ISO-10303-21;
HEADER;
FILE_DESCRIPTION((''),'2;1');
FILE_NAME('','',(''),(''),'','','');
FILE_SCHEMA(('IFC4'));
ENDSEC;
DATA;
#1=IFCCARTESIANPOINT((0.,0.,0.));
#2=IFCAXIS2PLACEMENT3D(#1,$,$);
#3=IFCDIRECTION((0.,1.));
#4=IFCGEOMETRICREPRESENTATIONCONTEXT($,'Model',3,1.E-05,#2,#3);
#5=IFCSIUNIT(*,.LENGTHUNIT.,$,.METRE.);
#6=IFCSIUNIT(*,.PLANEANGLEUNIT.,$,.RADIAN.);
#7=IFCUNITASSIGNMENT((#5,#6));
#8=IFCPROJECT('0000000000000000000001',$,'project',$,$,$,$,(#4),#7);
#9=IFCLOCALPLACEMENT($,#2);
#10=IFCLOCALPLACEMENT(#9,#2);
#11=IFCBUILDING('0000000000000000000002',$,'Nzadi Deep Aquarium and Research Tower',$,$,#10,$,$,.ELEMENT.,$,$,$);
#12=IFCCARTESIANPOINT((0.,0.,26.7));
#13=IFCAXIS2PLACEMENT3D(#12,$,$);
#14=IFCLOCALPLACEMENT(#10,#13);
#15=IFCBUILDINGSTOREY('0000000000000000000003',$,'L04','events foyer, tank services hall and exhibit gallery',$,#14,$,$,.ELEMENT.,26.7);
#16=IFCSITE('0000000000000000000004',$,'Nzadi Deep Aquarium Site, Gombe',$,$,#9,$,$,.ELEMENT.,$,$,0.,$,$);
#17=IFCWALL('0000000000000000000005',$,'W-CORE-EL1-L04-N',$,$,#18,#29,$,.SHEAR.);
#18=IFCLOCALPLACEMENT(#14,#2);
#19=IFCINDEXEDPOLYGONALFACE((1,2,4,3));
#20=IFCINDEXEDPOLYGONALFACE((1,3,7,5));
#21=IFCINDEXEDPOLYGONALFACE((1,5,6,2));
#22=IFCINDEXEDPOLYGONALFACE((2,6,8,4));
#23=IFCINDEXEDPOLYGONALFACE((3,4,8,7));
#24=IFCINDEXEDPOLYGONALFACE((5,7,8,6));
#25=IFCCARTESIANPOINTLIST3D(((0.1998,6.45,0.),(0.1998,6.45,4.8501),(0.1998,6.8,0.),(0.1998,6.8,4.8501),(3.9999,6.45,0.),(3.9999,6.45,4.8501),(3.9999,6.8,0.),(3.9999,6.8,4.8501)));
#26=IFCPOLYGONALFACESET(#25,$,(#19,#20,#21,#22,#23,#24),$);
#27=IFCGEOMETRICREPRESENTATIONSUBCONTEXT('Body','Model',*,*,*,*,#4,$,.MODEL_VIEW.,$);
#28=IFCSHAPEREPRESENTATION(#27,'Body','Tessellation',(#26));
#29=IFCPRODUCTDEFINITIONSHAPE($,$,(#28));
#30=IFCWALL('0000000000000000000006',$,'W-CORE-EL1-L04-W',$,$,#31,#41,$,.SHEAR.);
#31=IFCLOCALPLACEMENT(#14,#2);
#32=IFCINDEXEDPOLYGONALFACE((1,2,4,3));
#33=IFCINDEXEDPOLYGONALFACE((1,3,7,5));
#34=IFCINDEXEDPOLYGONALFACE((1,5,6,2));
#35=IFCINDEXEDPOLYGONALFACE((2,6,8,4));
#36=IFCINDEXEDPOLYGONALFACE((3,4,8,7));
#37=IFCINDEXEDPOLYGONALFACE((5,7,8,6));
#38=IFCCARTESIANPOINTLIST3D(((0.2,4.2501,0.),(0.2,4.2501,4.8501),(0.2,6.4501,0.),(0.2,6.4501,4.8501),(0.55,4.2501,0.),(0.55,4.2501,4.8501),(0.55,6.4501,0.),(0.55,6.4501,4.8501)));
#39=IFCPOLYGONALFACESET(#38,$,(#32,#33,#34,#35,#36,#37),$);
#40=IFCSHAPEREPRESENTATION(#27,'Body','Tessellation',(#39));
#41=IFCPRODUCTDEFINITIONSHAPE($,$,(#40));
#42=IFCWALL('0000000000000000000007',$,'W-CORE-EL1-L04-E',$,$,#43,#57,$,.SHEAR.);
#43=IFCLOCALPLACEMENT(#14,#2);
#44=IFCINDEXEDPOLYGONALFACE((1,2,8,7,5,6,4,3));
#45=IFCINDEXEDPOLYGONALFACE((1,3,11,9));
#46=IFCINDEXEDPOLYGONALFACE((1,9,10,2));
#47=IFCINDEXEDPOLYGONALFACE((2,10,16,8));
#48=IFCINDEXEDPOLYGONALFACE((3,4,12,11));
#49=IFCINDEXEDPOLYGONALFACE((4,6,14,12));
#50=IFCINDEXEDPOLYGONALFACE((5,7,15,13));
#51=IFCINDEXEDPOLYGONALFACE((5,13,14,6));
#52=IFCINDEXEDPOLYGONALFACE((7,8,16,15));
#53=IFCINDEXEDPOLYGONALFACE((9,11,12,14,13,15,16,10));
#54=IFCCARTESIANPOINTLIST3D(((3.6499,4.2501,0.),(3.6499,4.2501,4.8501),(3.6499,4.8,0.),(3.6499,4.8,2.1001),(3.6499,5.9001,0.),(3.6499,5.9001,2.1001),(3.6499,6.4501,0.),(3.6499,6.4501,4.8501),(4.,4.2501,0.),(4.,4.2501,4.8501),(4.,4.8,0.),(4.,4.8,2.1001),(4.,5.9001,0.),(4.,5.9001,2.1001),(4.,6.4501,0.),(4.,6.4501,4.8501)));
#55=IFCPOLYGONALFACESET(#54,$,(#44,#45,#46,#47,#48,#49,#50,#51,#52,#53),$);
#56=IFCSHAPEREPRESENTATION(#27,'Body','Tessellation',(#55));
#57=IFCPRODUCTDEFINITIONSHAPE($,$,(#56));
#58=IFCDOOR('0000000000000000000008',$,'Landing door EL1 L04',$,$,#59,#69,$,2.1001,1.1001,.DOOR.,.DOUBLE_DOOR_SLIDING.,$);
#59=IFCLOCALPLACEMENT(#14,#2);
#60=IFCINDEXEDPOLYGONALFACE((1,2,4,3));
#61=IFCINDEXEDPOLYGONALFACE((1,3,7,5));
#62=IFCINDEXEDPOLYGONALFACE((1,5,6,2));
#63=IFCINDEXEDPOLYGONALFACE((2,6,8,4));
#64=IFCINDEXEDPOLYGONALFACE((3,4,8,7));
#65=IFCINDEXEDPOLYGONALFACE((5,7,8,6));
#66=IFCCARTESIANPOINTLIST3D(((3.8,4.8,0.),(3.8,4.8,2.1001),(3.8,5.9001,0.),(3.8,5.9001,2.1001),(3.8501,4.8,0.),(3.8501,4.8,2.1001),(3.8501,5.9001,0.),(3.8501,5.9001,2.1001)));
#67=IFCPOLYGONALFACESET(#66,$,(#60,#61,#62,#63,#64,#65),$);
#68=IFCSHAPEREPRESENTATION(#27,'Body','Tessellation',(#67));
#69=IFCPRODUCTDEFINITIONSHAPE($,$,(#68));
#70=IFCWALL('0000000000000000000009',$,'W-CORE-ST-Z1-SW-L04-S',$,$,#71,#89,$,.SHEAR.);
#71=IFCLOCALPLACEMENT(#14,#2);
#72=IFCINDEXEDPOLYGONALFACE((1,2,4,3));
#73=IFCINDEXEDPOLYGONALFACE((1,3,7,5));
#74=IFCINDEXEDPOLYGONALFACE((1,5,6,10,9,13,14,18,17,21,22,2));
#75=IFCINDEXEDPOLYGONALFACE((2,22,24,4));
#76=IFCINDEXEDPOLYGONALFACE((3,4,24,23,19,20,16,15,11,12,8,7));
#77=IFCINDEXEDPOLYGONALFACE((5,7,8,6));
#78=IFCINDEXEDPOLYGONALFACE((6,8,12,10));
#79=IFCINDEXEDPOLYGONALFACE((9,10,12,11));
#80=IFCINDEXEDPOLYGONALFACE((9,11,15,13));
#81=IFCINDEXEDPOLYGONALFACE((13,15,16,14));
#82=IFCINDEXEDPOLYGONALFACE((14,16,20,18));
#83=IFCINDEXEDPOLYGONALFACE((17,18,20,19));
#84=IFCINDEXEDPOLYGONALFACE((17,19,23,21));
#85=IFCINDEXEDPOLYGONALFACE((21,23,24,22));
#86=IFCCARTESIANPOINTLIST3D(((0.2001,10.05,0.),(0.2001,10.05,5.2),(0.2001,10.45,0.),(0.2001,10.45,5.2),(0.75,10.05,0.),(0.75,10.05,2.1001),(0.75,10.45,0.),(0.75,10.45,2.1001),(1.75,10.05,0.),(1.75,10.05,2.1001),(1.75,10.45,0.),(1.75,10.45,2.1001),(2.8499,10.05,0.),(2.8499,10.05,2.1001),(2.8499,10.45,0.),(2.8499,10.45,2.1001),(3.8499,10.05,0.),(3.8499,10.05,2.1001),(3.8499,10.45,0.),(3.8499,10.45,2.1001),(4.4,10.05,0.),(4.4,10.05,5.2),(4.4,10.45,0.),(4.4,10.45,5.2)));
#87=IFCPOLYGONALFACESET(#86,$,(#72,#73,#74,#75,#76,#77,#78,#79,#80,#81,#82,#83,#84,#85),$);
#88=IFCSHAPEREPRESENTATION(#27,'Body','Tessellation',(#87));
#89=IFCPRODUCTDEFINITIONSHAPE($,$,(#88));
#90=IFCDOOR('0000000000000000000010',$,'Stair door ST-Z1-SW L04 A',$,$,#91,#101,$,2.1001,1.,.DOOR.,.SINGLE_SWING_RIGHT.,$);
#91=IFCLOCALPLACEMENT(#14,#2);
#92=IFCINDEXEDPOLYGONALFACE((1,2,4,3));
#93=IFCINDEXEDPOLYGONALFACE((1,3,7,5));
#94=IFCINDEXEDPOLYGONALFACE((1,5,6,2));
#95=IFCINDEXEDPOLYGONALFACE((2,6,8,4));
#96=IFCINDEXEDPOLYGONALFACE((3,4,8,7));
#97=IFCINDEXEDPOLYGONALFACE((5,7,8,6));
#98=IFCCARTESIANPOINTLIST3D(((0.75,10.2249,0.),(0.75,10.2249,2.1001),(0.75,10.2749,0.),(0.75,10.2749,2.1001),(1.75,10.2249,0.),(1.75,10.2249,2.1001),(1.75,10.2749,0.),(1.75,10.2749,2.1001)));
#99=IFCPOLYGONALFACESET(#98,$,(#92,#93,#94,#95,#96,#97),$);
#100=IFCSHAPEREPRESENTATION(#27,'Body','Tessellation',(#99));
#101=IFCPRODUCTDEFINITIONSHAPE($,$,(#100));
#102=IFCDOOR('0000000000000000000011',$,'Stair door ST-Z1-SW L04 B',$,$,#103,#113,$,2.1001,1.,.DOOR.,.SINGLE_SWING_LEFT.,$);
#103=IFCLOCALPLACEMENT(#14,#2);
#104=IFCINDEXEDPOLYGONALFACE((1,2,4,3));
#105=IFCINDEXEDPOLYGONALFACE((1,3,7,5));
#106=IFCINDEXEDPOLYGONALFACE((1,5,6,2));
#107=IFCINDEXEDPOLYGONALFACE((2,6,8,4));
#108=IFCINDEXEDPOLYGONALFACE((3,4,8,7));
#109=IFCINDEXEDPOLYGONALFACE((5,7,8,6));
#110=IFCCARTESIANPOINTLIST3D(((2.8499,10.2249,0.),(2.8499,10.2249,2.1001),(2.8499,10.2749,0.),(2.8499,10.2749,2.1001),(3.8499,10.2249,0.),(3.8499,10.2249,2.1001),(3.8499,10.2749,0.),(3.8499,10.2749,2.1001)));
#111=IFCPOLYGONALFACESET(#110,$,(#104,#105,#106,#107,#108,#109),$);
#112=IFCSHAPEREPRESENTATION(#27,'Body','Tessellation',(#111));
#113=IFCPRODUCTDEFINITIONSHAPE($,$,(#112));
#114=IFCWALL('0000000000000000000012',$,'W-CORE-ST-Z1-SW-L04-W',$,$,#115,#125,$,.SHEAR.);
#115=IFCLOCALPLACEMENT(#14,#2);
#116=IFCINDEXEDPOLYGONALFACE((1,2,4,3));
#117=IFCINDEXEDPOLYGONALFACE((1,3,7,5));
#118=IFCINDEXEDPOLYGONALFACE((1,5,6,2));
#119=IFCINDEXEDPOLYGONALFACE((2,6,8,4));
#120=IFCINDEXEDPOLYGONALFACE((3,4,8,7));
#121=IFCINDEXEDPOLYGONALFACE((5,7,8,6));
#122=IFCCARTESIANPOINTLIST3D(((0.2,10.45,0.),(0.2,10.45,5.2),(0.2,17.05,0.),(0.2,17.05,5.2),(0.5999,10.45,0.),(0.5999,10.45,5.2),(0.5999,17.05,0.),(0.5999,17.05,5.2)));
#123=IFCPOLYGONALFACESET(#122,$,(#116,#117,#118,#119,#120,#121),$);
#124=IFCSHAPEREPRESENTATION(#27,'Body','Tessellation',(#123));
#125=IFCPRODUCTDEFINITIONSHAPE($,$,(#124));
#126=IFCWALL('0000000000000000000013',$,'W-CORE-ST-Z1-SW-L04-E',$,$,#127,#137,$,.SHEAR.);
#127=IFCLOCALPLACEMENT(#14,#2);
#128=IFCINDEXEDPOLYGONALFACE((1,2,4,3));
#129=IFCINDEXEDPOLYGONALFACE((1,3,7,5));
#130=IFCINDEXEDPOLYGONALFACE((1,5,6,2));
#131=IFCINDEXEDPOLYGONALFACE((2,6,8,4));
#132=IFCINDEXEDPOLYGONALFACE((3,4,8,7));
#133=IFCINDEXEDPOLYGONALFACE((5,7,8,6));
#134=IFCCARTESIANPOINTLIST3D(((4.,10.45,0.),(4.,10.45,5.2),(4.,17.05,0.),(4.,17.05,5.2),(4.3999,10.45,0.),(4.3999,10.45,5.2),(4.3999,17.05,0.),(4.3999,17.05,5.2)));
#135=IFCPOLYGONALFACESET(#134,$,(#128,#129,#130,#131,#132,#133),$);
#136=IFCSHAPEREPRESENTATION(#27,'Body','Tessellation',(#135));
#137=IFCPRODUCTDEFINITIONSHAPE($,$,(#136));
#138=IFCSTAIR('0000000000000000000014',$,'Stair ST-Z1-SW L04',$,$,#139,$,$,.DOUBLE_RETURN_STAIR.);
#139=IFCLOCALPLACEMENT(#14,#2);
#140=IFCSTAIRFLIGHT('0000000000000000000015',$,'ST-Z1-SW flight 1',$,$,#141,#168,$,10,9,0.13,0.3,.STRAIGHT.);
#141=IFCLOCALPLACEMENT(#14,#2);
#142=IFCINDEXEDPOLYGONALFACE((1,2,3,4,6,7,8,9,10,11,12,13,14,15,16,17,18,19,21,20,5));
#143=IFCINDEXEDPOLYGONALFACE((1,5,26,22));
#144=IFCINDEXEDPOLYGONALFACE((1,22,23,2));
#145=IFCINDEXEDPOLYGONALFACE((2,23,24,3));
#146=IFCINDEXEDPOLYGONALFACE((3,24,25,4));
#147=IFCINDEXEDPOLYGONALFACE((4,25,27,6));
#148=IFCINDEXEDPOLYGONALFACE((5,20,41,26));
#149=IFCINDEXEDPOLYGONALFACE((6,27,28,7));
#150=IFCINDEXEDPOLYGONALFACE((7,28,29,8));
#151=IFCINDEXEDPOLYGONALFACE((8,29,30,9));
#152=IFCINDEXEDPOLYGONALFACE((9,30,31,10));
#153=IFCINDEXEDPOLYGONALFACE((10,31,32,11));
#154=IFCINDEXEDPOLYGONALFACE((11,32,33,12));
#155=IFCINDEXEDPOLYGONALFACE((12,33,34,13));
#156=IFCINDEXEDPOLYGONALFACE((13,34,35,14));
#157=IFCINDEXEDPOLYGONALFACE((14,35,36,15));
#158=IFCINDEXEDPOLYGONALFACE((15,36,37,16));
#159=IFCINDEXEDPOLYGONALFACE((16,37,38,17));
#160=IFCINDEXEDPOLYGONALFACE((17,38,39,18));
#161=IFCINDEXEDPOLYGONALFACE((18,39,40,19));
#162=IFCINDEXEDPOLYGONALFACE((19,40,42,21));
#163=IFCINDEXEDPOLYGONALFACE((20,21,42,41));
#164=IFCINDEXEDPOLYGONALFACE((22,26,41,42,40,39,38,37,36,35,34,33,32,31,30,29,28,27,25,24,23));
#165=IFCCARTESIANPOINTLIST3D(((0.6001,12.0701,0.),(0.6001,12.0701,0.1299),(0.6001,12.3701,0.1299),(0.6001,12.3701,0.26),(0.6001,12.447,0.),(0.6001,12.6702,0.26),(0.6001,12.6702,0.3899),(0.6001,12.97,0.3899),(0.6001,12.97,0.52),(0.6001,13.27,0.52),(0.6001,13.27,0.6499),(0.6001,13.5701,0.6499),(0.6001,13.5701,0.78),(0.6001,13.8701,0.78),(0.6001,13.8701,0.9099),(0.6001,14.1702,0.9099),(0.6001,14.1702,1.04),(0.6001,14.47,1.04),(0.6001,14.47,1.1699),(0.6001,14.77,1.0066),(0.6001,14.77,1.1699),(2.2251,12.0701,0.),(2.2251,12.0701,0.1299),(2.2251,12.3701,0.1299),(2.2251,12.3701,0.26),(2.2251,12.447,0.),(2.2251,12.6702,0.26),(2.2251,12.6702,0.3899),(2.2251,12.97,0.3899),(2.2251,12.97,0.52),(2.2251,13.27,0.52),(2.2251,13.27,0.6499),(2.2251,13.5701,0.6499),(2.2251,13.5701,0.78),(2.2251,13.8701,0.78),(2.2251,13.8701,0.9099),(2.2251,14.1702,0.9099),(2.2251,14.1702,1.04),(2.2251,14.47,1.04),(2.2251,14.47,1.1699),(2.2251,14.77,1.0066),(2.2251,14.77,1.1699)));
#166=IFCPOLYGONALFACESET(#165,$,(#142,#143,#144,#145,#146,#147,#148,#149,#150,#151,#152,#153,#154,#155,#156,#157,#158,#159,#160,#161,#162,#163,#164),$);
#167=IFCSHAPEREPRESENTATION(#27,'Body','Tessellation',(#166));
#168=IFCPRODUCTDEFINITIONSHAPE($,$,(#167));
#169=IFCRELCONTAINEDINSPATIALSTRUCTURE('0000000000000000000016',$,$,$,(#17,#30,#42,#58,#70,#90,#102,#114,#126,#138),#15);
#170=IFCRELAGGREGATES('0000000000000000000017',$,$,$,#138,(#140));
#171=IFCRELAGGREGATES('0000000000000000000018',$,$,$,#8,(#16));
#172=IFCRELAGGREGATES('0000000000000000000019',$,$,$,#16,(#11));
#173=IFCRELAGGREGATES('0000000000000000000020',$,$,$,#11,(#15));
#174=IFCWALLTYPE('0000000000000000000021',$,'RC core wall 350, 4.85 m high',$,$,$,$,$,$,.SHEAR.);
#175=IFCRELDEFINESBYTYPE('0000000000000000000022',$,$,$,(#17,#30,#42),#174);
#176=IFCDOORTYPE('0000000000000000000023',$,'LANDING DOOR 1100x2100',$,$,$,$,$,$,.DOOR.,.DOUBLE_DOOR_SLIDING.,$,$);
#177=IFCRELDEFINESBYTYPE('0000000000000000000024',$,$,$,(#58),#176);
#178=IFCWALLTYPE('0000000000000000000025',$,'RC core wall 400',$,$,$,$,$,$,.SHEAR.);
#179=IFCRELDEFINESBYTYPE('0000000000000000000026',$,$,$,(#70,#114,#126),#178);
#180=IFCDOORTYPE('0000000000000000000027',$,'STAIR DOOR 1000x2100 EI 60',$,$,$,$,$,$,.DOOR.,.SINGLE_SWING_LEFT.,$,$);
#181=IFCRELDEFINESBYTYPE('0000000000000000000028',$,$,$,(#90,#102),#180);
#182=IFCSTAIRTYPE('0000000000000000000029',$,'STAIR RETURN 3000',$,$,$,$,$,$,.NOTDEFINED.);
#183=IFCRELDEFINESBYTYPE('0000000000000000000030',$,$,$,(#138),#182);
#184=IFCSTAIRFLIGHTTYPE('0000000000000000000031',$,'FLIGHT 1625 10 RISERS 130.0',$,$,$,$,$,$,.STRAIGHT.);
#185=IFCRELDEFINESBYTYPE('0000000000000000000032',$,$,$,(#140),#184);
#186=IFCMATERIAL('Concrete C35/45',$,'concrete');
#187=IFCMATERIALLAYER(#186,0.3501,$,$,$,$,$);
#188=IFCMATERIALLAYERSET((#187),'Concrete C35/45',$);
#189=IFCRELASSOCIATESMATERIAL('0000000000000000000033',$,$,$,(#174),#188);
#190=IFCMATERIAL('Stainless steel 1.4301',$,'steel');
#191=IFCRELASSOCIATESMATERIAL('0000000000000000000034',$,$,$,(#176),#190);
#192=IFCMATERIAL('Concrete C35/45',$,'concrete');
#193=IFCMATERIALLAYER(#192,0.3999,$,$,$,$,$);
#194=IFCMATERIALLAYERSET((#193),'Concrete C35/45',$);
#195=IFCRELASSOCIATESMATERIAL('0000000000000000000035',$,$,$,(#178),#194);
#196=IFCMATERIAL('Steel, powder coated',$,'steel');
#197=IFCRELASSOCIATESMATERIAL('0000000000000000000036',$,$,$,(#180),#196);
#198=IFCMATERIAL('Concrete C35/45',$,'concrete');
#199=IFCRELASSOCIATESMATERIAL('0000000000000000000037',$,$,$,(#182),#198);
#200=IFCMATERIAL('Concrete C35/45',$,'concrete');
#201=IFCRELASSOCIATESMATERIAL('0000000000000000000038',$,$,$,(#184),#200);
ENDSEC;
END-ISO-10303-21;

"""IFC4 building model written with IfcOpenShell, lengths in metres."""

from ifc_helpers import new_model, si_unit, direction, frame, frame_2d, origin, place, context, subcontext, project, spatial, polyline, rectangle, outline, extrude, material, layer, layer_set, type_object, element, fill, aggregate, save


model = new_model("IFC4")

# Units and contexts
model_context = context("Model", 3, precision=1e-05, world=origin(), true_north=direction((0.0, 1.0)))
body_context = subcontext(model_context, "Body", "Model", "MODEL_VIEW")
ifc_project = project(units=[si_unit("LENGTHUNIT", "METRE"), si_unit("PLANEANGLEUNIT", "RADIAN")], contexts=[model_context])

# Site, building, storey
site_placement = place(None, origin())
site = spatial("IfcSite", under=ifc_project, at=site_placement, Name="Nzadi Deep Aquarium Site, Gombe", CompositionType="ELEMENT", RefElevation=0.0)
building_placement = place(site_placement, origin())
building = spatial("IfcBuilding", under=site, at=building_placement, Name="Nzadi Deep Aquarium and Research Tower", CompositionType="ELEMENT")
storey_placement = place(building_placement, frame((0.0, 0.0, 26.7)))
storey = spatial("IfcBuildingStorey", under=building, at=storey_placement, Name="L04", Description="events foyer, tank services hall and exhibit gallery", CompositionType="ELEMENT", Elevation=26.7)

# Shared definitions
ifc_material_1 = material(Name="Concrete C35/45", Category="concrete")
ifc_layer_1 = layer(ifc_material_1, 0.3501)
ifc_layer_set_1 = layer_set([ifc_layer_1], Name="Concrete C35/45")
wall_type_1 = type_object("IfcWallType", Name="RC core wall 350, 4.85 m high", PredefinedType="SHEAR", material=ifc_layer_set_1)

# Walls
for number, where, z_axis, x_axis, name in (
    (1, (0.2, 6.625, 0.0), (0.0, 0.0, 1.0), (1.0, 0.0, 0.0), "W-CORE-EL1-L04-N"),
):
    element("IfcWall", number, at=place(storey_placement, frame(where, z_axis=z_axis, x_axis=x_axis)), inside=storey, type_object=wall_type_1, Name=name, PredefinedType="SHEAR", context=body_context, shape_type="SweptSolid", body=[
        extrude(rectangle(XDim=3.8, YDim=0.3501, at=frame_2d((1.8999, 0.0))), origin(), (0.0, 0.0, 1.0), 4.8501),
    ])
wall_1_placement = place(storey_placement, frame((0.375, 4.25, 0.0), z_axis=(0.0, 0.0, 1.0), x_axis=(0.0, 1.0, 0.0)))
element("IfcWall", 2, at=wall_1_placement, inside=storey, type_object=wall_type_1, Name="W-CORE-EL1-L04-W", PredefinedType="SHEAR", context=body_context, shape_type="SweptSolid", body=[
    extrude(rectangle(XDim=2.2, YDim=0.3501, at=frame_2d((1.1001, 0.0))), origin(), (0.0, 0.0, 1.0), 4.8501),
])

# Wall, opening, door
wall_2_placement = place(storey_placement, frame((3.825, 4.25, 0.0), z_axis=(0.0, 0.0, 1.0), x_axis=(0.0, 1.0, 0.0)))
wall_2 = element("IfcWall", 3, at=wall_2_placement, inside=storey, type_object=wall_type_1, Name="W-CORE-EL1-L04-E", PredefinedType="SHEAR", context=body_context, shape_type="SweptSolid", body=[
    extrude(rectangle(XDim=2.2, YDim=0.3501, at=frame_2d((1.1001, 0.0))), origin(), (0.0, 0.0, 1.0), 4.8501),
])
opening_1_placement = place(wall_2_placement, frame((0.55, 0.0, 0.0)))
opening_1 = element("IfcOpeningElement", 4, at=opening_1_placement, cuts=wall_2, PredefinedType="OPENING", context=body_context, shape_type="SweptSolid", body=[
    extrude(rectangle(XDim=1.1001, YDim=2.1001, at=frame_2d((0.55, 1.05))), frame((0.0, 0.1851, 0.0), z_axis=(0.0, -1.0, 0.0), x_axis=(1.0, 0.0, 0.0)), (0.0, 0.0, 1.0), 0.3701),
])
ifc_material_2 = material(Name="Stainless steel 1.4301", Category="steel")
door_type_1 = type_object("IfcDoorType", Name="LANDING DOOR 1100x2100", OperationType="DOUBLE_DOOR_SLIDING", PredefinedType="DOOR", material=ifc_material_2)
door_1_placement = place(opening_1_placement, origin())
door_1 = element("IfcDoor", 5, at=door_1_placement, inside=storey, type_object=door_type_1, Name="Landing door EL1 L04", OperationType="DOUBLE_DOOR_SLIDING", OverallHeight=2.1001, OverallWidth=1.1001, PredefinedType="DOOR", context=body_context, shape_type="SweptSolid", body=[
    extrude(rectangle(XDim=1.1001, YDim=2.1001, at=frame_2d((0.55, 1.05))), frame((0.0, 0.0249, 0.0), z_axis=(0.0, -1.0, 0.0), x_axis=(1.0, 0.0, 0.0)), (0.0, 0.0, 1.0), 0.05),
])
fill(opening_1, door_1)

# Wall, openings, doors
ifc_material_3 = material(Name="Concrete C35/45", Category="concrete")
ifc_layer_2 = layer(ifc_material_3, 0.3999)
ifc_layer_set_2 = layer_set([ifc_layer_2], Name="Concrete C35/45")
wall_type_2 = type_object("IfcWallType", Name="RC core wall 400", PredefinedType="SHEAR", material=ifc_layer_set_2)
wall_3_placement = place(storey_placement, frame((0.2, 10.25, 0.0), z_axis=(0.0, 0.0, 1.0), x_axis=(1.0, 0.0, 0.0)))
wall_3 = element("IfcWall", 6, at=wall_3_placement, inside=storey, type_object=wall_type_2, Name="W-CORE-ST-Z1-SW-L04-S", PredefinedType="SHEAR", context=body_context, shape_type="SweptSolid", body=[
    extrude(rectangle(XDim=4.2, YDim=0.3999, at=frame_2d((2.1001, 0.0))), origin(), (0.0, 0.0, 1.0), 5.2),
])
opening_2_placement = place(wall_3_placement, frame((0.55, 0.0, 0.0)))
opening_2 = element("IfcOpeningElement", 7, at=opening_2_placement, cuts=wall_3, PredefinedType="OPENING", context=body_context, shape_type="SweptSolid", body=[
    extrude(rectangle(XDim=1.0, YDim=2.1001, at=frame_2d((0.5, 1.05))), frame((0.0, 0.21, 0.0), z_axis=(0.0, -1.0, 0.0), x_axis=(1.0, 0.0, 0.0)), (0.0, 0.0, 1.0), 0.4199),
])
opening_3_placement = place(wall_3_placement, frame((2.6499, 0.0, 0.0)))
opening_3 = element("IfcOpeningElement", 8, at=opening_3_placement, cuts=wall_3, PredefinedType="OPENING", context=body_context, shape_type="SweptSolid", body=[
    extrude(rectangle(XDim=1.0, YDim=2.1001, at=frame_2d((0.5, 1.05))), frame((0.0, 0.21, 0.0), z_axis=(0.0, -1.0, 0.0), x_axis=(1.0, 0.0, 0.0)), (0.0, 0.0, 1.0), 0.4199),
])
ifc_material_4 = material(Name="Steel, powder coated", Category="steel")
door_type_2 = type_object("IfcDoorType", Name="STAIR DOOR 1000x2100 EI 60", OperationType="SINGLE_SWING_LEFT", PredefinedType="DOOR", material=ifc_material_4)
door_2_placement = place(opening_2_placement, origin())
door_2 = element("IfcDoor", 9, at=door_2_placement, inside=storey, type_object=door_type_2, Name="Stair door ST-Z1-SW L04 A", OperationType="SINGLE_SWING_RIGHT", OverallHeight=2.1001, OverallWidth=1.0, PredefinedType="DOOR", context=body_context, shape_type="SweptSolid", body=[
    extrude(rectangle(XDim=1.0, YDim=2.1001, at=frame_2d((0.5, 1.05))), frame((0.0, 0.0249, 0.0), z_axis=(0.0, -1.0, 0.0), x_axis=(1.0, 0.0, 0.0)), (0.0, 0.0, 1.0), 0.05),
])
fill(opening_2, door_2)
door_3_placement = place(opening_3_placement, origin())
door_3 = element("IfcDoor", 10, at=door_3_placement, inside=storey, type_object=door_type_2, Name="Stair door ST-Z1-SW L04 B", OperationType="SINGLE_SWING_LEFT", OverallHeight=2.1001, OverallWidth=1.0, PredefinedType="DOOR", context=body_context, shape_type="SweptSolid", body=[
    extrude(rectangle(XDim=1.0, YDim=2.1001, at=frame_2d((0.5, 1.05))), frame((0.0, 0.0249, 0.0), z_axis=(0.0, -1.0, 0.0), x_axis=(1.0, 0.0, 0.0)), (0.0, 0.0, 1.0), 0.05),
])
fill(opening_3, door_3)

# Walls
for number, where, z_axis, x_axis, name in (
    (11, (0.3999, 10.45, 0.0), (0.0, 0.0, 1.0), (0.0, 1.0, 0.0), "W-CORE-ST-Z1-SW-L04-W"),
    (12, (4.2, 10.45, 0.0), (0.0, 0.0, 1.0), (0.0, 1.0, 0.0), "W-CORE-ST-Z1-SW-L04-E"),
):
    element("IfcWall", number, at=place(storey_placement, frame(where, z_axis=z_axis, x_axis=x_axis)), inside=storey, type_object=wall_type_2, Name=name, PredefinedType="SHEAR", context=body_context, shape_type="SweptSolid", body=[
        extrude(rectangle(XDim=6.6001, YDim=0.3999, at=frame_2d((3.3, 0.0))), origin(), (0.0, 0.0, 1.0), 5.2),
    ])

# Stair, stair flight
ifc_material_5 = material(Name="Concrete C35/45", Category="concrete")
stair_type = type_object("IfcStairType", Name="STAIR RETURN 3000", PredefinedType="NOTDEFINED", material=ifc_material_5)
stair_placement = place(storey_placement, origin())
stair = element("IfcStair", 13, at=stair_placement, inside=storey, type_object=stair_type, Name="Stair ST-Z1-SW L04", PredefinedType="DOUBLE_RETURN_STAIR")
ifc_material_6 = material(Name="Concrete C35/45", Category="concrete")
stair_flight_type = type_object("IfcStairFlightType", Name="FLIGHT 1625 10 RISERS 130.0", PredefinedType="STRAIGHT", material=ifc_material_6)
stair_flight_1_placement = place(storey_placement, frame((1.4126, 12.0701, 0.0), z_axis=(0.0, 0.0, 1.0), x_axis=(0.0, 1.0, 0.0)))
stair_flight_1 = element("IfcStairFlight", 14, at=stair_flight_1_placement, type_object=stair_flight_type, Name="ST-Z1-SW flight 1", NumberOfRisers=10, NumberOfTreads=9, PredefinedType="STRAIGHT", RiserHeight=0.13, TreadLength=0.3, context=body_context, shape_type="SweptSolid", body=[
    extrude(outline(polyline([(0.0, 0.0), (0.0, 0.1299), (0.3, 0.1299), (0.3, 0.26), (0.6001, 0.26), (0.6001, 0.3899), (0.8999, 0.3899), (0.8999, 0.52), (1.2, 0.52), (1.2, 0.6499), (1.5, 0.6499), (1.5, 0.78), (1.8, 0.78), (1.8, 0.9099), (2.1001, 0.9099), (2.1001, 1.04), (2.3999, 1.04), (2.3999, 1.1699), (2.7, 1.1699), (2.7, 1.3), (2.7, 1.0066), (0.377, 0.0), (0.0, 0.0)])), frame((0.0, 0.8125, 0.0), z_axis=(0.0, -1.0, 0.0), x_axis=(1.0, 0.0, 0.0)), (0.0, 0.0, 1.0), 1.625),
])
aggregate(stair, [stair_flight_1])

save(model, "model.ifc")
